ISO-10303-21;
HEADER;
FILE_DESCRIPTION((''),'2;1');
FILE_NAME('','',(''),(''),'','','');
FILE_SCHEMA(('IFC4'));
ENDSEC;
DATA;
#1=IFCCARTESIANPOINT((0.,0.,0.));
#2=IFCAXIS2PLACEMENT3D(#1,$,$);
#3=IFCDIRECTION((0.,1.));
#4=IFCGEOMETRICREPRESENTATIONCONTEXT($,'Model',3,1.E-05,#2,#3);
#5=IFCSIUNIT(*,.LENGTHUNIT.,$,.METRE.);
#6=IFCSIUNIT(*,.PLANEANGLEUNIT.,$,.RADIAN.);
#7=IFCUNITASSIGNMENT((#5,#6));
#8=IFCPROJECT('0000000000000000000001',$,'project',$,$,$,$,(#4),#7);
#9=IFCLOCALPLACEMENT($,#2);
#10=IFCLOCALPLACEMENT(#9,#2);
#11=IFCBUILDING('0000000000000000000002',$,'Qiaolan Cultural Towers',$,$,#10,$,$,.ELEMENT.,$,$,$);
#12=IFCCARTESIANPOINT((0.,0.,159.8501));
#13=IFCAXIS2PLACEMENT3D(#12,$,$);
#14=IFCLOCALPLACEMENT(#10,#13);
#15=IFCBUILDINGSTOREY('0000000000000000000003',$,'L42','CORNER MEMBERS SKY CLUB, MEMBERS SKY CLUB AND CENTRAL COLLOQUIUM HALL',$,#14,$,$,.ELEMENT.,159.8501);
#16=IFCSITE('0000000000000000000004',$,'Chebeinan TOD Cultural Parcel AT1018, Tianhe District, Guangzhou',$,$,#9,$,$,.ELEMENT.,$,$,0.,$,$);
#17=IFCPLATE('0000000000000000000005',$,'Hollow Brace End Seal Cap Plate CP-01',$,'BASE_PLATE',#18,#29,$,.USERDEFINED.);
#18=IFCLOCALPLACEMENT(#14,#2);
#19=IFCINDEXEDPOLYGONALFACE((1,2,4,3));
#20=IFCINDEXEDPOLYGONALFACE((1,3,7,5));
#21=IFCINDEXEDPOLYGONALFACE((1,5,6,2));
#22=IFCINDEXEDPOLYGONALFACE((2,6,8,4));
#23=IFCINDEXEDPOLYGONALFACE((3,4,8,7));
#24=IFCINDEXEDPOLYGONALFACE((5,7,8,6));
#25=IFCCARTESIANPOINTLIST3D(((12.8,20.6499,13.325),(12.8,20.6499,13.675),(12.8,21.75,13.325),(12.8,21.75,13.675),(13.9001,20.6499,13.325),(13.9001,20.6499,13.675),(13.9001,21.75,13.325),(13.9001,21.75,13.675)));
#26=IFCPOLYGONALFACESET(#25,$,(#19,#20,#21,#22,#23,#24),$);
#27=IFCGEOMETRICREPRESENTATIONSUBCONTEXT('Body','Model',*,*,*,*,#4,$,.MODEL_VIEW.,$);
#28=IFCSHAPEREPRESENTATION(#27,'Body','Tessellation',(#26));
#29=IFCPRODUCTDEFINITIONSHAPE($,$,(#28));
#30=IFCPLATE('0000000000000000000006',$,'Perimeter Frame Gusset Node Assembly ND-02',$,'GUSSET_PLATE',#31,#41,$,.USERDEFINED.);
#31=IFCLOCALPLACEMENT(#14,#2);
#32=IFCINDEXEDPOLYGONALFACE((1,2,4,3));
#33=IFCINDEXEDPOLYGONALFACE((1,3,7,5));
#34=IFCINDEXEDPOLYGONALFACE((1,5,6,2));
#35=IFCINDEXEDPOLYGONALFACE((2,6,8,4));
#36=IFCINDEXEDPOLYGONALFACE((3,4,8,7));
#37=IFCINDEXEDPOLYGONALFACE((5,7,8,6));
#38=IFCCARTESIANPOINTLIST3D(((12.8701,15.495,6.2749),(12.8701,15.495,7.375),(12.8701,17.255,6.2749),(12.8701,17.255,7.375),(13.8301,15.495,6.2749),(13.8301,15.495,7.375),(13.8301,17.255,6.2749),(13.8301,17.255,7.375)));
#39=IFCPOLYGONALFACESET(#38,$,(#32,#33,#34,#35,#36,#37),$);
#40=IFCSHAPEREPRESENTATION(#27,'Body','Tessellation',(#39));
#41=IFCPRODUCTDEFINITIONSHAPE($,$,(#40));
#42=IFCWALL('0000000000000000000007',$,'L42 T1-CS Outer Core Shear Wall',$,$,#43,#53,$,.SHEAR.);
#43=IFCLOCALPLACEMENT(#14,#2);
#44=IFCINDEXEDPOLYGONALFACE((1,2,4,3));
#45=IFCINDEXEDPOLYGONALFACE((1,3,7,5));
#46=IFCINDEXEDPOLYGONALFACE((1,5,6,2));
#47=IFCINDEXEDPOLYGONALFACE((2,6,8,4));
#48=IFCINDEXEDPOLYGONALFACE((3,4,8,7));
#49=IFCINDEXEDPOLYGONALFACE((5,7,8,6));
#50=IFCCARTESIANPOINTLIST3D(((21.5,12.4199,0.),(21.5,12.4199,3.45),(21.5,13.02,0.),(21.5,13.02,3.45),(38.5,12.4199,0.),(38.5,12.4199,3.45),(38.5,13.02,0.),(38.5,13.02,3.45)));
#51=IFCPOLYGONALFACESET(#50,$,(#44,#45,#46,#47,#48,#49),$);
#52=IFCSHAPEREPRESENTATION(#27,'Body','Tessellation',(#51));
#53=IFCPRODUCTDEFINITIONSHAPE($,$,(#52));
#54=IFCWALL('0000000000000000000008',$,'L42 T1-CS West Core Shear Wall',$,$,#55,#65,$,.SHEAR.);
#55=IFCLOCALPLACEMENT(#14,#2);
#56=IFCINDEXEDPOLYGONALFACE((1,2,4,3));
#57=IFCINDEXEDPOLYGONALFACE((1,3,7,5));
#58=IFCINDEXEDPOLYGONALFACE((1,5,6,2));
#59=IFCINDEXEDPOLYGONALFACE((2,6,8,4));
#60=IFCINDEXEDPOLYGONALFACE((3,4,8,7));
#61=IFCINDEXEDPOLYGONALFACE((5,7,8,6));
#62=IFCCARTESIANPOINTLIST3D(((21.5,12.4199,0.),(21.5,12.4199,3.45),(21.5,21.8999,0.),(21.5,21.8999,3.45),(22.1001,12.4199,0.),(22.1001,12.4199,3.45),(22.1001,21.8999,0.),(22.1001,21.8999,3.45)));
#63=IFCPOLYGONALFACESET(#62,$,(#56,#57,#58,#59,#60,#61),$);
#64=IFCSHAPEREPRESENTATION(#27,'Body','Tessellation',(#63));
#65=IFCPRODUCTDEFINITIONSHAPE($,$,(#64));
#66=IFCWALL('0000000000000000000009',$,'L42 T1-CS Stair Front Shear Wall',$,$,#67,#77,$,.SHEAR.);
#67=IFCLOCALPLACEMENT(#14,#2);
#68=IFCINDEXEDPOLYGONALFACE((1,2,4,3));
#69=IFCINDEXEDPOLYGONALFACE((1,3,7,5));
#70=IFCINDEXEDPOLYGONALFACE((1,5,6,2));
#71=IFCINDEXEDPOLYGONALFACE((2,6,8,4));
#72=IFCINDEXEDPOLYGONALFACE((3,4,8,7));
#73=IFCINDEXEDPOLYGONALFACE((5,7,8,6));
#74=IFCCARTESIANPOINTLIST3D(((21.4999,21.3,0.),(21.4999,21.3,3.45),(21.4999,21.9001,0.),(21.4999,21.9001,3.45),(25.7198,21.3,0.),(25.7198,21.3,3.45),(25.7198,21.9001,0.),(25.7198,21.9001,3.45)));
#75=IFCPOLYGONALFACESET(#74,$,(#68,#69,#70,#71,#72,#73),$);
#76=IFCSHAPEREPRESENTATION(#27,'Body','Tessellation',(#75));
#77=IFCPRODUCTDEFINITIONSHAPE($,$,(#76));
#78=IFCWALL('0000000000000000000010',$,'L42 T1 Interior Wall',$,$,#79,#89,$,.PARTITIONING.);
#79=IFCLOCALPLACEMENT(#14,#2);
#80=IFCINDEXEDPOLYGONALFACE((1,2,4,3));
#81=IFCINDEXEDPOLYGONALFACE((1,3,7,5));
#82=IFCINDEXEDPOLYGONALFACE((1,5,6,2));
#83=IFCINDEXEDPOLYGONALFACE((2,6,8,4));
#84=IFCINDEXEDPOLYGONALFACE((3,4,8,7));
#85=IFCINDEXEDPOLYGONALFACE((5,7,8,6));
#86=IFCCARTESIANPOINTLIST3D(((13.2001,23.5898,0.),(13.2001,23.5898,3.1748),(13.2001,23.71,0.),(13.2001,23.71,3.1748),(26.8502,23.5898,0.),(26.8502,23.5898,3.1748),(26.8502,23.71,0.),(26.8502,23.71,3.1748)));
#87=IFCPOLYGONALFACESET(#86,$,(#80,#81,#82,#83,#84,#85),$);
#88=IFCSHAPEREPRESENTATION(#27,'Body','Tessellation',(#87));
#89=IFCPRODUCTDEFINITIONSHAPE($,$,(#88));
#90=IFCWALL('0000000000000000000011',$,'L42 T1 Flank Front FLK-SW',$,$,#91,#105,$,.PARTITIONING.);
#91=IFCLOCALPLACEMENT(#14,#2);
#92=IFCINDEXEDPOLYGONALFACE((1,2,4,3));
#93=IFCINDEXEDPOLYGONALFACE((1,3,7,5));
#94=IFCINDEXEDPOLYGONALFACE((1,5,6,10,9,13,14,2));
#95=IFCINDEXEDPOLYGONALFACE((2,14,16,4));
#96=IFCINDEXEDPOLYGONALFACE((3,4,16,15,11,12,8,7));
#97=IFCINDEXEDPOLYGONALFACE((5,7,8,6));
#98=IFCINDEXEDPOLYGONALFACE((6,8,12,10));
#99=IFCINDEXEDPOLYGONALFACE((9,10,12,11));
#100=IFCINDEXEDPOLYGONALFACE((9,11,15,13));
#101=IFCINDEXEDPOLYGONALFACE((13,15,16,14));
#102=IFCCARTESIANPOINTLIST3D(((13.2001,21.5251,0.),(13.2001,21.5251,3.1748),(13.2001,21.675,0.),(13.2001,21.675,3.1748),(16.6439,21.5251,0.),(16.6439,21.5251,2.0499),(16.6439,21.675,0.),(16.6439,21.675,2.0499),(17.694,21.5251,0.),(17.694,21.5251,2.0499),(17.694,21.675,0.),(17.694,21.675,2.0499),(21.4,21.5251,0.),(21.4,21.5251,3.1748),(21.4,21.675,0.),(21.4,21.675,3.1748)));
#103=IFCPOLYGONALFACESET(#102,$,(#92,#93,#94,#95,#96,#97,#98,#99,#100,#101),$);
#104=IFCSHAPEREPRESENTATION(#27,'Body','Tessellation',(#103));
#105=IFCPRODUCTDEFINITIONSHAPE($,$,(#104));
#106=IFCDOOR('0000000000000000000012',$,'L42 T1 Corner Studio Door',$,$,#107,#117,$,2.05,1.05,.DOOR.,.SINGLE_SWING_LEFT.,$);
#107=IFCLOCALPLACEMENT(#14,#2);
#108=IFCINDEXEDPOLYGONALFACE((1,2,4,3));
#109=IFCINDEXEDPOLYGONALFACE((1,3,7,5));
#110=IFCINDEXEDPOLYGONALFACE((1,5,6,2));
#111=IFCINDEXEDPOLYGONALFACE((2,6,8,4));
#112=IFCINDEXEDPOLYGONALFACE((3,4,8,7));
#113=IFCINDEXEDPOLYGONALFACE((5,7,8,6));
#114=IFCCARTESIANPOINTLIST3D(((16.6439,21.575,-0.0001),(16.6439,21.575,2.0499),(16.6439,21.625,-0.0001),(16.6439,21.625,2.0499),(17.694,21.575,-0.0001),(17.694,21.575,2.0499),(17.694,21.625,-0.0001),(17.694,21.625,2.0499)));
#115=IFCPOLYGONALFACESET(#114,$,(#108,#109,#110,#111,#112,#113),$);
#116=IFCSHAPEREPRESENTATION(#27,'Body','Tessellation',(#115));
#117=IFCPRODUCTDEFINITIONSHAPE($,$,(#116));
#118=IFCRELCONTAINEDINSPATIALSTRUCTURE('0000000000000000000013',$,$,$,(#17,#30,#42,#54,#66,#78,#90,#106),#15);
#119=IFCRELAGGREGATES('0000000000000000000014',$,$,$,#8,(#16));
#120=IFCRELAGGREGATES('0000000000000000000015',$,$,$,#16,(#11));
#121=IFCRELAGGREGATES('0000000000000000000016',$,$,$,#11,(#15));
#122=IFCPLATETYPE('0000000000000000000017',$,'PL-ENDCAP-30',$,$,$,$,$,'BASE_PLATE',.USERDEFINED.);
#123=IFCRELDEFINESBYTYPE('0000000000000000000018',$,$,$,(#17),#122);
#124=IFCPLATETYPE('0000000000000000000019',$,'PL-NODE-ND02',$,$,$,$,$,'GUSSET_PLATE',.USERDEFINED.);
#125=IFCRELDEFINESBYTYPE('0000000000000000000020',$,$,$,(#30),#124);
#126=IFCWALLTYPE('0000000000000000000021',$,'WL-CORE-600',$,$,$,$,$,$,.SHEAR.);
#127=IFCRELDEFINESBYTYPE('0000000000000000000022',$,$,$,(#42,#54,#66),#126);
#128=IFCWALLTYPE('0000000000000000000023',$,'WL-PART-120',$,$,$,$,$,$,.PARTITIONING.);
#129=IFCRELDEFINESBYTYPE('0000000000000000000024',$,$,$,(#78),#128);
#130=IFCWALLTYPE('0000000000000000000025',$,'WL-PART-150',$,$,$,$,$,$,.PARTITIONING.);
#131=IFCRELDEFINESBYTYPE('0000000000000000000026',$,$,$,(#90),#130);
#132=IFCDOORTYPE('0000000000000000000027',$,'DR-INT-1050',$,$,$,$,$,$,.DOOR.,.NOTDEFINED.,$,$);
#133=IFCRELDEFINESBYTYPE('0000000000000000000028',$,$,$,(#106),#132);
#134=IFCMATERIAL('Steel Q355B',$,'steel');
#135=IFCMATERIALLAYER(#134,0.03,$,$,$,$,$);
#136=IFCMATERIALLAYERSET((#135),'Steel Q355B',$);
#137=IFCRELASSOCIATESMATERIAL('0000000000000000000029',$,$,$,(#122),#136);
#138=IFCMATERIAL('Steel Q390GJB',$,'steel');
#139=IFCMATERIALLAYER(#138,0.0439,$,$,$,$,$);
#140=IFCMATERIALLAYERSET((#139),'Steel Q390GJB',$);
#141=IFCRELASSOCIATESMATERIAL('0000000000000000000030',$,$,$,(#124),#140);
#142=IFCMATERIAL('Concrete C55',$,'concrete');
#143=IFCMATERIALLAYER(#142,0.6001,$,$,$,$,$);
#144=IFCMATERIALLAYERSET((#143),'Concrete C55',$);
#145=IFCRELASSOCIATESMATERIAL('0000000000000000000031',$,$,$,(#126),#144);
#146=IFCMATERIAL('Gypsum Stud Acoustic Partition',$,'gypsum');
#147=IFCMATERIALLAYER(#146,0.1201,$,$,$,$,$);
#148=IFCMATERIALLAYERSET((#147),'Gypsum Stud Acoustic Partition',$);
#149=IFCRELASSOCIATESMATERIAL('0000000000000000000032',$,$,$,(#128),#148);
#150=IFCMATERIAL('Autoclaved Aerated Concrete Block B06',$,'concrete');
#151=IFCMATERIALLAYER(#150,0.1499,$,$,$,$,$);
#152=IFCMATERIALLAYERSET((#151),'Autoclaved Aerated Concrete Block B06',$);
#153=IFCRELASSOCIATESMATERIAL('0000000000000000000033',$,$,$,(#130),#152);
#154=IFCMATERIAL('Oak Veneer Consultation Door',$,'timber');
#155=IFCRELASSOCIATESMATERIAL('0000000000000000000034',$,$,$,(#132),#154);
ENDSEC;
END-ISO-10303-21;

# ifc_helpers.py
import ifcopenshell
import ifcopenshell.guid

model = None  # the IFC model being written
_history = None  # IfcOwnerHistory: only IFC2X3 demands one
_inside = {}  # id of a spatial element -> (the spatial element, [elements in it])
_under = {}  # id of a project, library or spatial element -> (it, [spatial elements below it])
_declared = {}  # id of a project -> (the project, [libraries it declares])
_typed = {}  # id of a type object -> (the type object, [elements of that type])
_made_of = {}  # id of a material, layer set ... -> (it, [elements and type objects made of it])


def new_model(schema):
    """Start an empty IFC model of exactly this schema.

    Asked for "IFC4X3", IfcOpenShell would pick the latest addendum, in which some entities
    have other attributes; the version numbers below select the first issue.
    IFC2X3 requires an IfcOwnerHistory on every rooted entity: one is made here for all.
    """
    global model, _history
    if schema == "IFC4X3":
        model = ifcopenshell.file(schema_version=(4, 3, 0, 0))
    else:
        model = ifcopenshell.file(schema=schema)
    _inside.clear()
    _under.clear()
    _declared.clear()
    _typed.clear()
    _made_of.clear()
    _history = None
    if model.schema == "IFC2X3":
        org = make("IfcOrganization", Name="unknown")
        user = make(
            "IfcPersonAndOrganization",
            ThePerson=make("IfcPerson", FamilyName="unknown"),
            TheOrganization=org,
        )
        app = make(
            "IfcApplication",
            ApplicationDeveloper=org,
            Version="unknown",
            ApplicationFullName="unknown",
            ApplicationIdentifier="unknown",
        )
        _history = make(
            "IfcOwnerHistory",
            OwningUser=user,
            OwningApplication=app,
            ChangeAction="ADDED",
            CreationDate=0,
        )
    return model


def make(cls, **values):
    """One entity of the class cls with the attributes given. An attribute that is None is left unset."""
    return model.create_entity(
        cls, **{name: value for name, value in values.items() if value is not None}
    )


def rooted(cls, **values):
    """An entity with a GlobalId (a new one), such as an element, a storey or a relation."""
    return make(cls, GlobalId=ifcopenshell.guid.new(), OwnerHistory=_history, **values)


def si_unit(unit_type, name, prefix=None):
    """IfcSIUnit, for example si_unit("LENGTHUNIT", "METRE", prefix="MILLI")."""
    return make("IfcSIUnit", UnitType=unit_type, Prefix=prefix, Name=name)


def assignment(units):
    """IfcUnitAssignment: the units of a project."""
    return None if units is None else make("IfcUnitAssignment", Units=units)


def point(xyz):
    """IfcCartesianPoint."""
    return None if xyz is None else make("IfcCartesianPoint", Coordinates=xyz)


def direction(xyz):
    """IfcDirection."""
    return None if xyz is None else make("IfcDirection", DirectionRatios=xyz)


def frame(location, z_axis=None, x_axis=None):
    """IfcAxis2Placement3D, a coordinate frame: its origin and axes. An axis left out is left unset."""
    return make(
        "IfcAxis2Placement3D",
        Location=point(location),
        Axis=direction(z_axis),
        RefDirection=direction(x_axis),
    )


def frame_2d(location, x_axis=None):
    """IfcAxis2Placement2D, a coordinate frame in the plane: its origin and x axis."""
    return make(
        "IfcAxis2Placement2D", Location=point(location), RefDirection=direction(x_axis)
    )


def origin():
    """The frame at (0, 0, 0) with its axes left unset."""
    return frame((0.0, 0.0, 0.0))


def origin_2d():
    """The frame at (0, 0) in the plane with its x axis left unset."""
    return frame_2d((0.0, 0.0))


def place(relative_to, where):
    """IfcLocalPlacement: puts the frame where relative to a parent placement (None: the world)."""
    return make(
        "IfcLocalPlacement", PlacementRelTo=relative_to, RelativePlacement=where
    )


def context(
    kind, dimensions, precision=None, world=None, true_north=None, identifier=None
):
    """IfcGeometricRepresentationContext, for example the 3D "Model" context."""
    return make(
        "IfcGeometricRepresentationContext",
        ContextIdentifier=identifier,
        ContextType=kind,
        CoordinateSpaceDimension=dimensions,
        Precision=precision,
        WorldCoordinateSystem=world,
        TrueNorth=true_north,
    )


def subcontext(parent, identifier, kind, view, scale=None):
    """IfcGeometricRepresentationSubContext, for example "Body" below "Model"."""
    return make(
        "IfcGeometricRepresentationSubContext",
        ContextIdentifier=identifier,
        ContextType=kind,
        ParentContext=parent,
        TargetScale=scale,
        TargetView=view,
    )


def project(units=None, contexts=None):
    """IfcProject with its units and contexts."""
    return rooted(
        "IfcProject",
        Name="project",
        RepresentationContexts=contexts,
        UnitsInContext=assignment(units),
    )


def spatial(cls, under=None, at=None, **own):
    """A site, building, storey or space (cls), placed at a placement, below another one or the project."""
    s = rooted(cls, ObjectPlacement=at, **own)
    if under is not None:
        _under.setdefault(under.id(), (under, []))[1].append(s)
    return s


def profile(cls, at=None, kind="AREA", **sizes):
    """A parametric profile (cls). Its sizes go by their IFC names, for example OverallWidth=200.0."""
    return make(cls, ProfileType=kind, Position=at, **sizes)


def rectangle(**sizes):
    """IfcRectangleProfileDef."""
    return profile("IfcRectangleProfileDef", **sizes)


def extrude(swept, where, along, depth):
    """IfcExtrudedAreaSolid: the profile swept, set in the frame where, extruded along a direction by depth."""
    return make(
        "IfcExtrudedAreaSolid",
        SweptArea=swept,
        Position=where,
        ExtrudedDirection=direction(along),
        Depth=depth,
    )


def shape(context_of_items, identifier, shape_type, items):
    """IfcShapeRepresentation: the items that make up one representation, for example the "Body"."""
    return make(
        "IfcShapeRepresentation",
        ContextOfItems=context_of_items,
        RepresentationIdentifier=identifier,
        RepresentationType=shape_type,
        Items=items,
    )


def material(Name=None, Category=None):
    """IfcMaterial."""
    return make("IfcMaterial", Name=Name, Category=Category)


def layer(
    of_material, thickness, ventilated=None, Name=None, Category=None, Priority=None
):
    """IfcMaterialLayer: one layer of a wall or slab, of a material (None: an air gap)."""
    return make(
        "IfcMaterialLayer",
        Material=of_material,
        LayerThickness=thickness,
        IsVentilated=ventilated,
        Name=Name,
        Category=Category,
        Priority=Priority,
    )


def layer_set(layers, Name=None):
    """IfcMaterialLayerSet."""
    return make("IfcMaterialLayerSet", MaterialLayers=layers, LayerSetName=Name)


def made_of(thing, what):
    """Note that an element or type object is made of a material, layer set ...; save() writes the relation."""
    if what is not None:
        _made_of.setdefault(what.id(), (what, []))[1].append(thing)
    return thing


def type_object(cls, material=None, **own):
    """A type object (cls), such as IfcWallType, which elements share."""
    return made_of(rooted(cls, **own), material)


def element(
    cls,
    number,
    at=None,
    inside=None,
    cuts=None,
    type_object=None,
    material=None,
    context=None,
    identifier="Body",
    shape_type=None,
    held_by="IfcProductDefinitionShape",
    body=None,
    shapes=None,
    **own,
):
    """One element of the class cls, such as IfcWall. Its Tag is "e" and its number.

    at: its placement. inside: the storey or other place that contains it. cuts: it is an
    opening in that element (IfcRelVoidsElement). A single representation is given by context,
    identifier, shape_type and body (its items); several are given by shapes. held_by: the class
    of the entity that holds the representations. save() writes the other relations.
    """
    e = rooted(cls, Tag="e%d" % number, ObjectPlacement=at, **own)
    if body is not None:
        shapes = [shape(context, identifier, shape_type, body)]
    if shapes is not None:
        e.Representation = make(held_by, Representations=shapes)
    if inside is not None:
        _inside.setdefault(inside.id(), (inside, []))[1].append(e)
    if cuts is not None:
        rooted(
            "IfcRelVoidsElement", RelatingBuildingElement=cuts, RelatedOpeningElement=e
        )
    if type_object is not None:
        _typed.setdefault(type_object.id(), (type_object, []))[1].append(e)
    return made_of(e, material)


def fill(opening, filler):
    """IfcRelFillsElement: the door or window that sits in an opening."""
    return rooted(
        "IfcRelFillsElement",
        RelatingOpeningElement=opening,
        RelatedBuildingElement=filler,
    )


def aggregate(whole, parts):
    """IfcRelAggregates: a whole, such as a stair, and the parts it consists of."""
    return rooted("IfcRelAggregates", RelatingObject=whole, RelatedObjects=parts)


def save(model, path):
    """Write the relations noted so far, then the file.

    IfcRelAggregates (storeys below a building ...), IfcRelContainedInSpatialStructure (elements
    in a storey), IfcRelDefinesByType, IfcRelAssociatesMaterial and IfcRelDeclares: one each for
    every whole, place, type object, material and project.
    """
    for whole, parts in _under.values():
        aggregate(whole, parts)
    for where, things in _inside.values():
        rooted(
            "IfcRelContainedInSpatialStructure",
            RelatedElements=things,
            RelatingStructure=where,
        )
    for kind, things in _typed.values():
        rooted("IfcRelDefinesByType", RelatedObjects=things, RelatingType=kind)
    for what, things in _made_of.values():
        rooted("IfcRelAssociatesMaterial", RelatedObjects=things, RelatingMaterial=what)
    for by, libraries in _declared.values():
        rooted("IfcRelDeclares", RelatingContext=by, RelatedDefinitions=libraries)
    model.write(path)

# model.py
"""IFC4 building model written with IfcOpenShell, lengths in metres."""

from ifc_helpers import new_model, si_unit, direction, frame, frame_2d, origin, origin_2d, place, context, subcontext, project, spatial, rectangle, extrude, material, layer, layer_set, type_object, element, fill, save


model = new_model("IFC4")

# Units and contexts
model_context = context("Model", 3, precision=1e-05, world=origin(), true_north=direction((0.0, 1.0)))
body_context = subcontext(model_context, "Body", "Model", "MODEL_VIEW")
ifc_project = project(units=[si_unit("LENGTHUNIT", "METRE"), si_unit("PLANEANGLEUNIT", "RADIAN")], contexts=[model_context])

# Site, building, storey
site_placement = place(None, origin())
site = spatial("IfcSite", under=ifc_project, at=site_placement, Name="Chebeinan TOD Cultural Parcel AT1018, Tianhe District, Guangzhou", CompositionType="ELEMENT", RefElevation=0.0)
building_placement = place(site_placement, origin())
building = spatial("IfcBuilding", under=site, at=building_placement, Name="Qiaolan Cultural Towers", CompositionType="ELEMENT")
storey_placement = place(building_placement, frame((0.0, 0.0, 159.8501)))
storey = spatial("IfcBuildingStorey", under=building, at=storey_placement, Name="L42", Description="CORNER MEMBERS SKY CLUB, MEMBERS SKY CLUB AND CENTRAL COLLOQUIUM HALL", CompositionType="ELEMENT", Elevation=159.8501)

# Plates
ifc_material_1 = material(Name="Steel Q355B", Category="steel")
ifc_layer_1 = layer(ifc_material_1, 0.03)
ifc_layer_set_1 = layer_set([ifc_layer_1], Name="Steel Q355B")
plate_type_1 = type_object("IfcPlateType", Name="PL-ENDCAP-30", ElementType="BASE_PLATE", PredefinedType="USERDEFINED", material=ifc_layer_set_1)
for number, where, z_axis, x_axis, name in (
    (1, (13.3501, 21.2, 13.325), (0.0, 0.0, 1.0), (0.0, 1.0, 0.0), "Hollow Brace End Seal Cap Plate CP-01"),
):
    element("IfcPlate", number, at=place(storey_placement, frame(where, z_axis=z_axis, x_axis=x_axis)), inside=storey, type_object=plate_type_1, Name=name, ObjectType="BASE_PLATE", PredefinedType="USERDEFINED", context=body_context, shape_type="SweptSolid", body=[
        extrude(rectangle(XDim=1.1001, YDim=1.1001, at=origin_2d()), origin(), (0.0, 0.0, 1.0), 0.3501),
    ])
ifc_material_2 = material(Name="Steel Q390GJB", Category="steel")
ifc_layer_2 = layer(ifc_material_2, 0.0439)
ifc_layer_set_2 = layer_set([ifc_layer_2], Name="Steel Q390GJB")
plate_type_2 = type_object("IfcPlateType", Name="PL-NODE-ND02", ElementType="GUSSET_PLATE", PredefinedType="USERDEFINED", material=ifc_layer_set_2)
plate_placement = place(storey_placement, frame((13.3501, 16.375, 6.2749), z_axis=(0.0, 0.0, 1.0), x_axis=(0.0, 1.0, 0.0)))
element("IfcPlate", 2, at=plate_placement, inside=storey, type_object=plate_type_2, Name="Perimeter Frame Gusset Node Assembly ND-02", ObjectType="GUSSET_PLATE", PredefinedType="USERDEFINED", context=body_context, shape_type="SweptSolid", body=[
    extrude(rectangle(XDim=1.76, YDim=0.96, at=origin_2d()), origin(), (0.0, 0.0, 1.0), 1.1001),
])

# Walls
ifc_material_3 = material(Name="Concrete C55", Category="concrete")
ifc_layer_3 = layer(ifc_material_3, 0.6001)
ifc_layer_set_3 = layer_set([ifc_layer_3], Name="Concrete C55")
wall_type_1 = type_object("IfcWallType", Name="WL-CORE-600", PredefinedType="SHEAR", material=ifc_layer_set_3)
wall_1_placement = place(storey_placement, frame((21.5, 12.72, 0.0), z_axis=(0.0, 0.0, 1.0), x_axis=(1.0, 0.0, 0.0)))
element("IfcWall", 3, at=wall_1_placement, inside=storey, type_object=wall_type_1, Name="L42 T1-CS Outer Core Shear Wall", PredefinedType="SHEAR", context=body_context, shape_type="SweptSolid", body=[
    extrude(rectangle(XDim=17.0, YDim=0.6001, at=frame_2d((8.5, 0.0))), origin(), (0.0, 0.0, 1.0), 3.45),
])
wall_2_placement = place(storey_placement, frame((21.8, 21.8999, 0.0), z_axis=(0.0, 0.0, 1.0), x_axis=(0.0, -1.0, 0.0)))
element("IfcWall", 4, at=wall_2_placement, inside=storey, type_object=wall_type_1, Name="L42 T1-CS West Core Shear Wall", PredefinedType="SHEAR", context=body_context, shape_type="SweptSolid", body=[
    extrude(rectangle(XDim=9.48, YDim=0.6001, at=frame_2d((4.74, 0.0))), origin(), (0.0, 0.0, 1.0), 3.45),
])
wall_3_placement = place(storey_placement, frame((21.5, 21.6001, 0.0), z_axis=(0.0, 0.0, 1.0), x_axis=(1.0, 0.0, 0.0)))
element("IfcWall", 5, at=wall_3_placement, inside=storey, type_object=wall_type_1, Name="L42 T1-CS Stair Front Shear Wall", PredefinedType="SHEAR", context=body_context, shape_type="SweptSolid", body=[
    extrude(rectangle(XDim=4.22, YDim=0.6001, at=frame_2d((2.1099, 0.0))), origin(), (0.0, 0.0, 1.0), 3.45),
])
ifc_material_4 = material(Name="Gypsum Stud Acoustic Partition", Category="gypsum")
ifc_layer_4 = layer(ifc_material_4, 0.1201)
ifc_layer_set_4 = layer_set([ifc_layer_4], Name="Gypsum Stud Acoustic Partition")
wall_type_2 = type_object("IfcWallType", Name="WL-PART-120", PredefinedType="PARTITIONING", material=ifc_layer_set_4)
wall_4_placement = place(storey_placement, frame((13.2, 23.6499, 0.0), z_axis=(0.0, 0.0, 1.0), x_axis=(1.0, 0.0, 0.0)))
element("IfcWall", 6, at=wall_4_placement, inside=storey, type_object=wall_type_2, Name="L42 T1 Interior Wall", PredefinedType="PARTITIONING", context=body_context, shape_type="SweptSolid", body=[
    extrude(rectangle(XDim=13.6501, YDim=0.1201, at=frame_2d((6.8252, 0.0))), origin(), (0.0, 0.0, 1.0), 3.1748),
])

# Wall, opening, door
ifc_material_5 = material(Name="Autoclaved Aerated Concrete Block B06", Category="concrete")
ifc_layer_5 = layer(ifc_material_5, 0.1499)
ifc_layer_set_5 = layer_set([ifc_layer_5], Name="Autoclaved Aerated Concrete Block B06")
wall_type_3 = type_object("IfcWallType", Name="WL-PART-150", PredefinedType="PARTITIONING", material=ifc_layer_set_5)
wall_5_placement = place(storey_placement, frame((13.2, 21.6001, 0.0), z_axis=(0.0, 0.0, 1.0), x_axis=(1.0, 0.0, 0.0)))
wall_5 = element("IfcWall", 7, at=wall_5_placement, inside=storey, type_object=wall_type_3, Name="L42 T1 Flank Front FLK-SW", PredefinedType="PARTITIONING", context=body_context, shape_type="SweptSolid", body=[
    extrude(rectangle(XDim=8.2, YDim=0.1499, at=frame_2d((4.1001, 0.0))), origin(), (0.0, 0.0, 1.0), 3.1748),
])
opening_placement = place(wall_5_placement, frame((3.4441, 0.0, 0.0)))
opening = element("IfcOpeningElement", 8, at=opening_placement, cuts=wall_5, PredefinedType="OPENING", context=body_context, shape_type="SweptSolid", body=[
    extrude(rectangle(XDim=1.05, YDim=2.05, at=frame_2d((0.5249, 1.0249))), frame((0.0, 0.085, 0.0), z_axis=(0.0, -1.0, 0.0), x_axis=(1.0, 0.0, 0.0)), (0.0, 0.0, 1.0), 0.1699),
])
ifc_material_6 = material(Name="Oak Veneer Consultation Door", Category="timber")
door_type = type_object("IfcDoorType", Name="DR-INT-1050", OperationType="NOTDEFINED", PredefinedType="DOOR", material=ifc_material_6)
door_placement = place(opening_placement, origin())
door = element("IfcDoor", 9, at=door_placement, inside=storey, type_object=door_type, Name="L42 T1 Corner Studio Door", OperationType="SINGLE_SWING_LEFT", OverallHeight=2.05, OverallWidth=1.05, PredefinedType="DOOR", context=body_context, shape_type="SweptSolid", body=[
    extrude(rectangle(XDim=1.05, YDim=2.05, at=frame_2d((0.5249, 1.0249))), frame((0.0, 0.0249, 0.0), z_axis=(0.0, -1.0, 0.0), x_axis=(1.0, 0.0, 0.0)), (0.0, 0.0, 1.0), 0.05),
])
fill(opening, door)

save(model, "model.ifc")
